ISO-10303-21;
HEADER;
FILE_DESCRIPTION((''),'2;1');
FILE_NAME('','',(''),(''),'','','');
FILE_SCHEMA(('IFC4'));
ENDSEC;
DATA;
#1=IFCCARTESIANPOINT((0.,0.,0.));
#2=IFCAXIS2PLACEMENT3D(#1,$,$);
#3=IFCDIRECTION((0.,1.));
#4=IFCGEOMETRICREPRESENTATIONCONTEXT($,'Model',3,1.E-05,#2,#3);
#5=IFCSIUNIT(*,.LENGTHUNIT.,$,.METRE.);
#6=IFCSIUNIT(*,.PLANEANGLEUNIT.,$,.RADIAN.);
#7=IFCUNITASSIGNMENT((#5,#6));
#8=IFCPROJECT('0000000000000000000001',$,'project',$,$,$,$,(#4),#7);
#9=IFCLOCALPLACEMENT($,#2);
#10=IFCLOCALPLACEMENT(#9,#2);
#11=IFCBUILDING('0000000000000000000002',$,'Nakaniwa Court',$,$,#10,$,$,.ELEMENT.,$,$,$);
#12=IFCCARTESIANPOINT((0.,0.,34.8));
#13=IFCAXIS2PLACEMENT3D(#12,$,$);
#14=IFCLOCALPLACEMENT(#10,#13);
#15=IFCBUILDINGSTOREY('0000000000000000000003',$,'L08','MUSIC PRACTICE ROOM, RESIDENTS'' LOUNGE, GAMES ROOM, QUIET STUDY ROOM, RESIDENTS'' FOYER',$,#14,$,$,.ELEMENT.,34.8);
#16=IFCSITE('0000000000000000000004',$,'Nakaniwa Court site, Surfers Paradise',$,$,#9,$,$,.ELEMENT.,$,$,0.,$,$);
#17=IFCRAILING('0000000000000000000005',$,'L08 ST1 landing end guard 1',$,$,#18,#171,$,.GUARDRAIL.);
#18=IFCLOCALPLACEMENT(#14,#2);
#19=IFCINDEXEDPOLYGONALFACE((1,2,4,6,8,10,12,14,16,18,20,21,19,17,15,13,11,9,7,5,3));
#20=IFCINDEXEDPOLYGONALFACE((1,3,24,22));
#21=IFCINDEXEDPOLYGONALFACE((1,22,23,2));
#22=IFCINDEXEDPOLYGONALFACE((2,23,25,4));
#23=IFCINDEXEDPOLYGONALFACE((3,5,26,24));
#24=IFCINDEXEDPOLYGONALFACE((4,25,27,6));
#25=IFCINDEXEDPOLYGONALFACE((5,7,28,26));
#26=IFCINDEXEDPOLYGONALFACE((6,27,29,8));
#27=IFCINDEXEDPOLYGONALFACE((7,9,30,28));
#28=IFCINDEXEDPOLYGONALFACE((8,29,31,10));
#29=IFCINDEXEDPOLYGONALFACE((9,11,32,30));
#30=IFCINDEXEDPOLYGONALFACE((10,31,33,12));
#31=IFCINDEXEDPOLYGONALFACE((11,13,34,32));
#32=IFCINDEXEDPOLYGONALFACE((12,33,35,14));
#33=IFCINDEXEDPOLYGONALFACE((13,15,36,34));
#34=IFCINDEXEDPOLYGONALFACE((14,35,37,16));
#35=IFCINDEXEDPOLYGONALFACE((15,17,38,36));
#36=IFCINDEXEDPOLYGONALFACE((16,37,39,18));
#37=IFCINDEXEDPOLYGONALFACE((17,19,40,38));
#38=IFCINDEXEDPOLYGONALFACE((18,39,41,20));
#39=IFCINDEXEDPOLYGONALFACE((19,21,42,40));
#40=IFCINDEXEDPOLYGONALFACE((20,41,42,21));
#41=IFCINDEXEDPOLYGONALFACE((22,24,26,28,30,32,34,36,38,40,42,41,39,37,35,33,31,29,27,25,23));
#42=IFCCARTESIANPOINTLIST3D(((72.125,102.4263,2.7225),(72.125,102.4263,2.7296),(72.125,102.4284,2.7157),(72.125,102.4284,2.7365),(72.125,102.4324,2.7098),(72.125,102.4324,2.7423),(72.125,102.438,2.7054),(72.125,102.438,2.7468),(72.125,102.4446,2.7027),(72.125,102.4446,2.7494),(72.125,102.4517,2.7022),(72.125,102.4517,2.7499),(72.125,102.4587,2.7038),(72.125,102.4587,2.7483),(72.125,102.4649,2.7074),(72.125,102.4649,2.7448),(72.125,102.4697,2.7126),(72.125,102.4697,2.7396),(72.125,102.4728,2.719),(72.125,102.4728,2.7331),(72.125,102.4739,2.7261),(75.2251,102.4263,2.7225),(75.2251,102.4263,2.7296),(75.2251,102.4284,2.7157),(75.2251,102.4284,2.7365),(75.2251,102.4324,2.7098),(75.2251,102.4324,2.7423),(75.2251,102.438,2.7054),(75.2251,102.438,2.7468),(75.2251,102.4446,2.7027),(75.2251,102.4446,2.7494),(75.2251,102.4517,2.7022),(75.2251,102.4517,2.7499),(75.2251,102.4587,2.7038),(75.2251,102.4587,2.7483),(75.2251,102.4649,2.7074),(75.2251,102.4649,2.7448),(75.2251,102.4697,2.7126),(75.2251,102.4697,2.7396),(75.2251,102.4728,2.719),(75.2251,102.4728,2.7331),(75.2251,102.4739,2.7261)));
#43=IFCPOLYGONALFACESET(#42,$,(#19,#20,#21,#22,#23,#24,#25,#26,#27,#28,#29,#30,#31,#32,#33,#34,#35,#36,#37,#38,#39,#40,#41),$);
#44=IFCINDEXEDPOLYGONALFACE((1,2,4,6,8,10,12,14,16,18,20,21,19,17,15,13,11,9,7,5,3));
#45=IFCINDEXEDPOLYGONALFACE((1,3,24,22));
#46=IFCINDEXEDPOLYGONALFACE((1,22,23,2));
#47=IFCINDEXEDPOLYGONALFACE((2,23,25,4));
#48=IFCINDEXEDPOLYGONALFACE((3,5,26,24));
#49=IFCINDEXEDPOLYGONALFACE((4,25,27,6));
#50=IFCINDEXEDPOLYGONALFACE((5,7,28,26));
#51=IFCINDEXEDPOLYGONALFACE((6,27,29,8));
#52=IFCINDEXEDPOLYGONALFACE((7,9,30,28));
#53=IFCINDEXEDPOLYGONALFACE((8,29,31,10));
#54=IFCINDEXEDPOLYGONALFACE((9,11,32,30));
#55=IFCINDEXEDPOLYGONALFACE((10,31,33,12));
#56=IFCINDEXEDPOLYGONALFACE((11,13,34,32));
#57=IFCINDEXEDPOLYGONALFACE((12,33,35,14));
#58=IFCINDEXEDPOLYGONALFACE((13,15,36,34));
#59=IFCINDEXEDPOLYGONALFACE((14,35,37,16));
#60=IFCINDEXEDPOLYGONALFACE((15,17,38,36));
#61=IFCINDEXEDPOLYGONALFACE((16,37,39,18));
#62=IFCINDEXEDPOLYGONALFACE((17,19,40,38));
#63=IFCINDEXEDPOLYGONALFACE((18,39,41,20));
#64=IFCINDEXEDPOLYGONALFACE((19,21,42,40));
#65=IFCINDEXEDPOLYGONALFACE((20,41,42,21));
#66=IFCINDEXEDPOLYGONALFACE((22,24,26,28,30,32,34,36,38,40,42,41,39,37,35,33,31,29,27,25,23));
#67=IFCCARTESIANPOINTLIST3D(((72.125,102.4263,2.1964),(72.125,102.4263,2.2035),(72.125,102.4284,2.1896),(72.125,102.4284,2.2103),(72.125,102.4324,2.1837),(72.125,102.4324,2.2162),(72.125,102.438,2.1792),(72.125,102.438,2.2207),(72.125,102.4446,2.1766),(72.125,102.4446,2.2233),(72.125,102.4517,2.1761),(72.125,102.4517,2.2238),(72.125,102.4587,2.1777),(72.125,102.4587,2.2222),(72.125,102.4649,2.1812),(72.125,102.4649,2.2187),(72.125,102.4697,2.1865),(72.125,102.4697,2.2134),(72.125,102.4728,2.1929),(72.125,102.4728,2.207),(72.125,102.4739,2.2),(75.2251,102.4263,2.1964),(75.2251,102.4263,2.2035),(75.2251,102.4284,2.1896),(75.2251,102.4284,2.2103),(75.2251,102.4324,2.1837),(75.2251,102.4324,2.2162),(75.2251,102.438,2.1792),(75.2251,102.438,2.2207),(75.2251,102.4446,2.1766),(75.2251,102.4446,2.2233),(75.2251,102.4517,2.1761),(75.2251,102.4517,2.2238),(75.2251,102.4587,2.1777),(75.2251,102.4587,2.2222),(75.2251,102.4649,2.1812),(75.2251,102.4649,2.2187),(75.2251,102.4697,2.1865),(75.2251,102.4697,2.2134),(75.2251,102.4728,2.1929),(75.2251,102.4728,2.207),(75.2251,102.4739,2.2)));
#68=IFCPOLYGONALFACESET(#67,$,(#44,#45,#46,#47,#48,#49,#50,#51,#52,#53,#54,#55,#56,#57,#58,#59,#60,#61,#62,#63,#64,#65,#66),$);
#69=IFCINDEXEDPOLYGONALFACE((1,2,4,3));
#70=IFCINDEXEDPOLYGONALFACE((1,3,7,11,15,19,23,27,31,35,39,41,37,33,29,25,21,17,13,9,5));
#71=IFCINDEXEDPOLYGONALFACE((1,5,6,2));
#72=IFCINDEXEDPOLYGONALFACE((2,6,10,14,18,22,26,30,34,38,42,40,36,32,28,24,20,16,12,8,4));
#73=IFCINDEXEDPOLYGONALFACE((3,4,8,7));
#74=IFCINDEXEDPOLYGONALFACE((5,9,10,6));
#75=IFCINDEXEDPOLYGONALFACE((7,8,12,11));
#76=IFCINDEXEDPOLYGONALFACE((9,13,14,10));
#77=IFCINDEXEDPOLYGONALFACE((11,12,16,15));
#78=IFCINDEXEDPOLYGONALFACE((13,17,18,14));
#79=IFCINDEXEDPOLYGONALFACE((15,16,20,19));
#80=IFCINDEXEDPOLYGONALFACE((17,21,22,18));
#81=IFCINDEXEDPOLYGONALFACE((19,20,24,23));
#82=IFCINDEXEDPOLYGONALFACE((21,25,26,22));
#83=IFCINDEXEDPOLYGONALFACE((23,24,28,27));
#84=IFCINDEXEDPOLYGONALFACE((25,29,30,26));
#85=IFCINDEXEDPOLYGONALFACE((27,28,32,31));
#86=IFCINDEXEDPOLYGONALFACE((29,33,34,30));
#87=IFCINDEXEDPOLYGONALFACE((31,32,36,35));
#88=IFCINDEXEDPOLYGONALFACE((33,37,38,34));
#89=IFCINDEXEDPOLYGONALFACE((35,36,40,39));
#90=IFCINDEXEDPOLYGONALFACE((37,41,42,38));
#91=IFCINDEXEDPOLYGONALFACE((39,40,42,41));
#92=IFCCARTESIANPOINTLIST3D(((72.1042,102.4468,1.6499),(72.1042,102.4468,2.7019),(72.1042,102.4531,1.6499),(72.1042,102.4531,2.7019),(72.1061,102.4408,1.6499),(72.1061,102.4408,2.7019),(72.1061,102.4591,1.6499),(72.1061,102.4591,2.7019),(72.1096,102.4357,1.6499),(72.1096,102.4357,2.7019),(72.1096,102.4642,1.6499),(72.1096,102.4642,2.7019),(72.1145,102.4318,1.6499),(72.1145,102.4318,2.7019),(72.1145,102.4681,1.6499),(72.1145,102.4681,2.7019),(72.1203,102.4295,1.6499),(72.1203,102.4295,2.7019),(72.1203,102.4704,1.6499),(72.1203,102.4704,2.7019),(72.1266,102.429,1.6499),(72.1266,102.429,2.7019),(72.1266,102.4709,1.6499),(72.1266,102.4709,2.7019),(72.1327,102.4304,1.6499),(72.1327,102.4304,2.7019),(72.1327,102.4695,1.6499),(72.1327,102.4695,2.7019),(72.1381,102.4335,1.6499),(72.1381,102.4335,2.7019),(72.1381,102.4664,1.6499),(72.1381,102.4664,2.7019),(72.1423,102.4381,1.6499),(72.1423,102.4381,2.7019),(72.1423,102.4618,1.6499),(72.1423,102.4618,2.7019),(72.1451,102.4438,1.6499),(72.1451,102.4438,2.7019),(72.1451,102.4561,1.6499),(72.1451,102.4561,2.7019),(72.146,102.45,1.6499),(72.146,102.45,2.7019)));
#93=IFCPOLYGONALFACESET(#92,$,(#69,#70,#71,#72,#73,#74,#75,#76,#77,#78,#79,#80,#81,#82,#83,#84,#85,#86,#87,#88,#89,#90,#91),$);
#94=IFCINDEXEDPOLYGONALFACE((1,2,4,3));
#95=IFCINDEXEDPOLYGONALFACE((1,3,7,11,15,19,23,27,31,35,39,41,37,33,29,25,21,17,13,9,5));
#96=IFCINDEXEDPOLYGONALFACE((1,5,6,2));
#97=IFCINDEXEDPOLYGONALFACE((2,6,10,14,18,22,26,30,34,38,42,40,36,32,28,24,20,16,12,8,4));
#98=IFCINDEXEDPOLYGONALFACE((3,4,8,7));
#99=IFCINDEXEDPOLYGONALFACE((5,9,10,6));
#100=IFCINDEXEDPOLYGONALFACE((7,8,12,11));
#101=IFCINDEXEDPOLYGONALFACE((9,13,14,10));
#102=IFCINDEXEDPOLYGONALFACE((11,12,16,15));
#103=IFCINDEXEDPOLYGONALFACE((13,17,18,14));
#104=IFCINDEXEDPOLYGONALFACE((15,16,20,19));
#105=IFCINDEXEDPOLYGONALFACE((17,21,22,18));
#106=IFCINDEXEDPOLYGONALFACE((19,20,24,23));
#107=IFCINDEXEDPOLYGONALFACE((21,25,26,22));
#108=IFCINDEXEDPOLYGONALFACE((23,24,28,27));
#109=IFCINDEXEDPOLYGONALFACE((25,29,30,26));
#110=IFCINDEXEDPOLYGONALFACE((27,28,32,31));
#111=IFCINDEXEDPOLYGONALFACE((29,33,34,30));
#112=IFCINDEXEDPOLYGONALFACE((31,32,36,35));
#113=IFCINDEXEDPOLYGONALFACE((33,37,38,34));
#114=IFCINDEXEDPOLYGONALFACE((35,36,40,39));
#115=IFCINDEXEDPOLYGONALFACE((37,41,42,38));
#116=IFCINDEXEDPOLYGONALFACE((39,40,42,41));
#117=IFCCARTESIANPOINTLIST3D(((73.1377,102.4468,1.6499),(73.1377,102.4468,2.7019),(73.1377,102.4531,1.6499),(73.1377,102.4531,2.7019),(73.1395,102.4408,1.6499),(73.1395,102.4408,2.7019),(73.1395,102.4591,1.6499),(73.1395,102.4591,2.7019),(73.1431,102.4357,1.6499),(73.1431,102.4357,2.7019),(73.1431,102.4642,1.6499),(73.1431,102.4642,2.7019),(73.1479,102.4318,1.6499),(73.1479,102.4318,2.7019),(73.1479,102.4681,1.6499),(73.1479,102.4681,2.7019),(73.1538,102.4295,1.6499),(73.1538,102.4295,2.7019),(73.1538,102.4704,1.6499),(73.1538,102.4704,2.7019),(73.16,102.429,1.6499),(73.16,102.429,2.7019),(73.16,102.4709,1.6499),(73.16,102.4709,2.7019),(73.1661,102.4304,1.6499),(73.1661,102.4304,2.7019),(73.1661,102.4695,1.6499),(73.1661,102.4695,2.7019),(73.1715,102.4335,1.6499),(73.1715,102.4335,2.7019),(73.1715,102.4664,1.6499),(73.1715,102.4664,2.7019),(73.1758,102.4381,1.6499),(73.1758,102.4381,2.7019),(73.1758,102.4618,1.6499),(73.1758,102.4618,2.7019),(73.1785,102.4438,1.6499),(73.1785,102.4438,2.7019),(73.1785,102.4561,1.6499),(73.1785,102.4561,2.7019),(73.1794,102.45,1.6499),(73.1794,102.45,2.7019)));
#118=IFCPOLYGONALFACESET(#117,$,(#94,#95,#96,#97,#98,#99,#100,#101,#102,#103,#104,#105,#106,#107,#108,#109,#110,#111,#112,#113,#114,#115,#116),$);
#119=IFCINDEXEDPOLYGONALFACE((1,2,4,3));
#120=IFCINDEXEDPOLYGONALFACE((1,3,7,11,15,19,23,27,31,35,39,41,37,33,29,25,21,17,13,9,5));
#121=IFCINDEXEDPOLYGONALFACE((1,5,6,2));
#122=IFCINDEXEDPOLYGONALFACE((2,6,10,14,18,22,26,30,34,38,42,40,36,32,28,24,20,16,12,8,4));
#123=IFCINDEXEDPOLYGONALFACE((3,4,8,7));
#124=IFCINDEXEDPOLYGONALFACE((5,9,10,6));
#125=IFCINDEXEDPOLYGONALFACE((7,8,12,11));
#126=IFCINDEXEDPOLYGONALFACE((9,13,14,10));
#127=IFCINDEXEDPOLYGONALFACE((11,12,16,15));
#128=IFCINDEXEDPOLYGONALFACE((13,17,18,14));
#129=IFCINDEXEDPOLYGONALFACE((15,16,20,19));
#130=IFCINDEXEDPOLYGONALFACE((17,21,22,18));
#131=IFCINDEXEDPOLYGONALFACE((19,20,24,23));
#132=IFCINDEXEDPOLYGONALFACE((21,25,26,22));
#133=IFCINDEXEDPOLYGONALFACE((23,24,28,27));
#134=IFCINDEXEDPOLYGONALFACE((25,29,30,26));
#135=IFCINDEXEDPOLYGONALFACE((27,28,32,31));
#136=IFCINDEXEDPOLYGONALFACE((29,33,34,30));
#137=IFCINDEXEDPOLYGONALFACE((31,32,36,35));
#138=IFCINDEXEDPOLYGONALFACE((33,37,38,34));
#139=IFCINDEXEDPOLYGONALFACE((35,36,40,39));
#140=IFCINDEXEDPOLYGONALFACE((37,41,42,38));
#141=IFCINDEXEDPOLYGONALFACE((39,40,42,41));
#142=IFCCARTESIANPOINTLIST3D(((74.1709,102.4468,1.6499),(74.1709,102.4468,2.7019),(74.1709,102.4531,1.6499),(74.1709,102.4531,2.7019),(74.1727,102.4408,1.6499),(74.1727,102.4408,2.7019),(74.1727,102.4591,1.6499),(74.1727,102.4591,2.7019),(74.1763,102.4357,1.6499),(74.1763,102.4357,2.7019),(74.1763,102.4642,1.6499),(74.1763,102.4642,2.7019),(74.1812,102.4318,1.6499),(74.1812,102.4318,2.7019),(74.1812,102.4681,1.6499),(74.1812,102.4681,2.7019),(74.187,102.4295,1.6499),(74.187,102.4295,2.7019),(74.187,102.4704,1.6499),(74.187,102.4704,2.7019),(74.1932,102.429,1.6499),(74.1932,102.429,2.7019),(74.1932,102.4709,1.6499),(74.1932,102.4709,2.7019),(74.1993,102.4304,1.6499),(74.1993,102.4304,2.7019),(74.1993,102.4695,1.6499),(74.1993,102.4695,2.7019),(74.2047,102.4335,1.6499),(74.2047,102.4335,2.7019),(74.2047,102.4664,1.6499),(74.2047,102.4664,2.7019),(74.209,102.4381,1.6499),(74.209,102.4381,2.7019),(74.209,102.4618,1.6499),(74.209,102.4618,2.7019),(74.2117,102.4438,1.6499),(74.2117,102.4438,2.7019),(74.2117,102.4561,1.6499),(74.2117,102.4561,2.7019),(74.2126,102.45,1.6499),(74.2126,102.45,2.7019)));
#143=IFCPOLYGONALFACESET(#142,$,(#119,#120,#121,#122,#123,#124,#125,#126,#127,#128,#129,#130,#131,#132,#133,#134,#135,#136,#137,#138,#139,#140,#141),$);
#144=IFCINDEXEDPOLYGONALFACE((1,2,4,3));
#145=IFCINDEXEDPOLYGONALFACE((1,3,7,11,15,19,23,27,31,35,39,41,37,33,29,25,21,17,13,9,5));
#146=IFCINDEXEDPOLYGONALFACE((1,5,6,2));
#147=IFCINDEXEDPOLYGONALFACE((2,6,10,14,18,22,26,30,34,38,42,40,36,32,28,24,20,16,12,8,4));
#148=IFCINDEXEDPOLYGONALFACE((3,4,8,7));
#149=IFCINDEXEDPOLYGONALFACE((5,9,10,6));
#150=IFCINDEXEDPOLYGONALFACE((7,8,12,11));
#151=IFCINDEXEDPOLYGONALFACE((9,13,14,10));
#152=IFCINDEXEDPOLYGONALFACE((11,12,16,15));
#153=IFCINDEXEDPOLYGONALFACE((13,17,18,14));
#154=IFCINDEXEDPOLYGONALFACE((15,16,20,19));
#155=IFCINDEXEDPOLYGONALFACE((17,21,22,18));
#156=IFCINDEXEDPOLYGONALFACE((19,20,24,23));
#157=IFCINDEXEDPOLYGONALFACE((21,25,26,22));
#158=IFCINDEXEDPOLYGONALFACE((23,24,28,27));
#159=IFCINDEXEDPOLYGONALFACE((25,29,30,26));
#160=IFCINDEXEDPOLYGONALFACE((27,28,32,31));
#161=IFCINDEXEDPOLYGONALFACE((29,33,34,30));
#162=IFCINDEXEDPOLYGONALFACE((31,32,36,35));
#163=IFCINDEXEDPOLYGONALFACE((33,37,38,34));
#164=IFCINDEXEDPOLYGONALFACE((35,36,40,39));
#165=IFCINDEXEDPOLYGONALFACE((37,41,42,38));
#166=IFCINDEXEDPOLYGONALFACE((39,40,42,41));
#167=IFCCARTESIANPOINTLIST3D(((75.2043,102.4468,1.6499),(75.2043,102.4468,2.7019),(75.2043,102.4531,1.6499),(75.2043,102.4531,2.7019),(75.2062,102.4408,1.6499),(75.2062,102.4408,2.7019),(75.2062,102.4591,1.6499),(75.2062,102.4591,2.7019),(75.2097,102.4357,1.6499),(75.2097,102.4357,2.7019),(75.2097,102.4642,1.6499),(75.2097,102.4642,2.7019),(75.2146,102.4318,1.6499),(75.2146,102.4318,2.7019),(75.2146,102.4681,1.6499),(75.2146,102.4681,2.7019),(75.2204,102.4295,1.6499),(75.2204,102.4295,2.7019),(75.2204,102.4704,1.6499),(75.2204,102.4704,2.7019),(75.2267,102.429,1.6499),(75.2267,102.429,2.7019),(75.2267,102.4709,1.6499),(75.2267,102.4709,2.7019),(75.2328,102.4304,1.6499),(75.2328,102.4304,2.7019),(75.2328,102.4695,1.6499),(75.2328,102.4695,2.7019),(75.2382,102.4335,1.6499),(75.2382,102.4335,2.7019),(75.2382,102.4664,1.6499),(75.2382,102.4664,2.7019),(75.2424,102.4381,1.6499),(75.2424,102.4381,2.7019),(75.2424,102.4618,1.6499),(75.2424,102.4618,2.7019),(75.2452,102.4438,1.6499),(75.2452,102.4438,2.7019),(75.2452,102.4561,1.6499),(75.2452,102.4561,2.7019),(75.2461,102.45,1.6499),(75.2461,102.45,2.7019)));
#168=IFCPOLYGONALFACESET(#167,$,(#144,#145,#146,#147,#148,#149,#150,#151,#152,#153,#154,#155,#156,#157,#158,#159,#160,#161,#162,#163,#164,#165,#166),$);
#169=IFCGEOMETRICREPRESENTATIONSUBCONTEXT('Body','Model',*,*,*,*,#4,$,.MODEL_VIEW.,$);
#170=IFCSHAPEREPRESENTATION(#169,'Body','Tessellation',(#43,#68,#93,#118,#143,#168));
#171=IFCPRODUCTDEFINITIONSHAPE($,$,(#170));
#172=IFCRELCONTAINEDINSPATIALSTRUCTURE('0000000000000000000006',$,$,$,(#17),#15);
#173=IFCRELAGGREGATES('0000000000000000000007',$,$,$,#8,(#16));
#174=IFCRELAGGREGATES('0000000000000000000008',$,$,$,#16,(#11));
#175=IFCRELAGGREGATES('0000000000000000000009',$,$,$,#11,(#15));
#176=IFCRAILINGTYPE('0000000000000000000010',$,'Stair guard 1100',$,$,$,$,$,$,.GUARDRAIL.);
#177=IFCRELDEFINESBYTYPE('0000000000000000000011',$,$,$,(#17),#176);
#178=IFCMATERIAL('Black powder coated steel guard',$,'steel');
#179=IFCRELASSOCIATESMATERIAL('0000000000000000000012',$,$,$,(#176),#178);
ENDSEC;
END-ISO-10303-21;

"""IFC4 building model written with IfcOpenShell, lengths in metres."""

from ifc_helpers import new_model, si_unit, direction, frame, origin, origin_2d, place, context, subcontext, project, spatial, circle, extrude, material, type_object, element, save


model = new_model("IFC4")

# Units and contexts
model_context = context("Model", 3, precision=1e-05, world=origin(), true_north=direction((0.0, 1.0)))
body_context = subcontext(model_context, "Body", "Model", "MODEL_VIEW")
ifc_project = project(units=[si_unit("LENGTHUNIT", "METRE"), si_unit("PLANEANGLEUNIT", "RADIAN")], contexts=[model_context])

# Site, building, storey
site_placement = place(None, origin())
site = spatial("IfcSite", under=ifc_project, at=site_placement, Name="Nakaniwa Court site, Surfers Paradise", CompositionType="ELEMENT", RefElevation=0.0)
building_placement = place(site_placement, origin())
building = spatial("IfcBuilding", under=site, at=building_placement, Name="Nakaniwa Court", CompositionType="ELEMENT")
storey_placement = place(building_placement, frame((0.0, 0.0, 34.8)))
storey = spatial("IfcBuildingStorey", under=building, at=storey_placement, Name="L08", Description="MUSIC PRACTICE ROOM, RESIDENTS' LOUNGE, GAMES ROOM, QUIET STUDY ROOM, RESIDENTS' FOYER", CompositionType="ELEMENT", Elevation=34.8)

# Railing
ifc_material_1 = material(Name="Black powder coated steel guard", Category="steel")
railing_type_1 = type_object("IfcRailingType", Name="Stair guard 1100", PredefinedType="GUARDRAIL", material=ifc_material_1)
railing_1_placement = place(storey_placement, frame((72.125, 102.45, 1.6499)))
element("IfcRailing", 1, at=railing_1_placement, inside=storey, type_object=railing_type_1, Name="L08 ST1 landing end guard 1", PredefinedType="GUARDRAIL", context=body_context, shape_type="SweptSolid", body=[
    extrude(circle(Radius=0.0239, at=origin_2d()), frame((0.0, 0.0, 1.0762), z_axis=(1.0, 0.0, 0.0), x_axis=(0.0, 1.0, 0.0)), (0.0, 0.0, 1.0), 3.1001),
    extrude(circle(Radius=0.0239, at=origin_2d()), frame((0.0, 0.0, 0.55), z_axis=(1.0, 0.0, 0.0), x_axis=(0.0, 1.0, 0.0)), (0.0, 0.0, 1.0), 3.1001),
    extrude(circle(Radius=0.021, at=origin_2d()), origin(), (0.0, 0.0, 1.0), 1.052),
    extrude(circle(Radius=0.021, at=origin_2d()), frame((1.0334, 0.0, 0.0)), (0.0, 0.0, 1.0), 1.052),
    extrude(circle(Radius=0.021, at=origin_2d()), frame((2.0667, 0.0, 0.0)), (0.0, 0.0, 1.0), 1.052),
    extrude(circle(Radius=0.021, at=origin_2d()), frame((3.1001, 0.0, 0.0)), (0.0, 0.0, 1.0), 1.052),
])

save(model, "model.ifc")
